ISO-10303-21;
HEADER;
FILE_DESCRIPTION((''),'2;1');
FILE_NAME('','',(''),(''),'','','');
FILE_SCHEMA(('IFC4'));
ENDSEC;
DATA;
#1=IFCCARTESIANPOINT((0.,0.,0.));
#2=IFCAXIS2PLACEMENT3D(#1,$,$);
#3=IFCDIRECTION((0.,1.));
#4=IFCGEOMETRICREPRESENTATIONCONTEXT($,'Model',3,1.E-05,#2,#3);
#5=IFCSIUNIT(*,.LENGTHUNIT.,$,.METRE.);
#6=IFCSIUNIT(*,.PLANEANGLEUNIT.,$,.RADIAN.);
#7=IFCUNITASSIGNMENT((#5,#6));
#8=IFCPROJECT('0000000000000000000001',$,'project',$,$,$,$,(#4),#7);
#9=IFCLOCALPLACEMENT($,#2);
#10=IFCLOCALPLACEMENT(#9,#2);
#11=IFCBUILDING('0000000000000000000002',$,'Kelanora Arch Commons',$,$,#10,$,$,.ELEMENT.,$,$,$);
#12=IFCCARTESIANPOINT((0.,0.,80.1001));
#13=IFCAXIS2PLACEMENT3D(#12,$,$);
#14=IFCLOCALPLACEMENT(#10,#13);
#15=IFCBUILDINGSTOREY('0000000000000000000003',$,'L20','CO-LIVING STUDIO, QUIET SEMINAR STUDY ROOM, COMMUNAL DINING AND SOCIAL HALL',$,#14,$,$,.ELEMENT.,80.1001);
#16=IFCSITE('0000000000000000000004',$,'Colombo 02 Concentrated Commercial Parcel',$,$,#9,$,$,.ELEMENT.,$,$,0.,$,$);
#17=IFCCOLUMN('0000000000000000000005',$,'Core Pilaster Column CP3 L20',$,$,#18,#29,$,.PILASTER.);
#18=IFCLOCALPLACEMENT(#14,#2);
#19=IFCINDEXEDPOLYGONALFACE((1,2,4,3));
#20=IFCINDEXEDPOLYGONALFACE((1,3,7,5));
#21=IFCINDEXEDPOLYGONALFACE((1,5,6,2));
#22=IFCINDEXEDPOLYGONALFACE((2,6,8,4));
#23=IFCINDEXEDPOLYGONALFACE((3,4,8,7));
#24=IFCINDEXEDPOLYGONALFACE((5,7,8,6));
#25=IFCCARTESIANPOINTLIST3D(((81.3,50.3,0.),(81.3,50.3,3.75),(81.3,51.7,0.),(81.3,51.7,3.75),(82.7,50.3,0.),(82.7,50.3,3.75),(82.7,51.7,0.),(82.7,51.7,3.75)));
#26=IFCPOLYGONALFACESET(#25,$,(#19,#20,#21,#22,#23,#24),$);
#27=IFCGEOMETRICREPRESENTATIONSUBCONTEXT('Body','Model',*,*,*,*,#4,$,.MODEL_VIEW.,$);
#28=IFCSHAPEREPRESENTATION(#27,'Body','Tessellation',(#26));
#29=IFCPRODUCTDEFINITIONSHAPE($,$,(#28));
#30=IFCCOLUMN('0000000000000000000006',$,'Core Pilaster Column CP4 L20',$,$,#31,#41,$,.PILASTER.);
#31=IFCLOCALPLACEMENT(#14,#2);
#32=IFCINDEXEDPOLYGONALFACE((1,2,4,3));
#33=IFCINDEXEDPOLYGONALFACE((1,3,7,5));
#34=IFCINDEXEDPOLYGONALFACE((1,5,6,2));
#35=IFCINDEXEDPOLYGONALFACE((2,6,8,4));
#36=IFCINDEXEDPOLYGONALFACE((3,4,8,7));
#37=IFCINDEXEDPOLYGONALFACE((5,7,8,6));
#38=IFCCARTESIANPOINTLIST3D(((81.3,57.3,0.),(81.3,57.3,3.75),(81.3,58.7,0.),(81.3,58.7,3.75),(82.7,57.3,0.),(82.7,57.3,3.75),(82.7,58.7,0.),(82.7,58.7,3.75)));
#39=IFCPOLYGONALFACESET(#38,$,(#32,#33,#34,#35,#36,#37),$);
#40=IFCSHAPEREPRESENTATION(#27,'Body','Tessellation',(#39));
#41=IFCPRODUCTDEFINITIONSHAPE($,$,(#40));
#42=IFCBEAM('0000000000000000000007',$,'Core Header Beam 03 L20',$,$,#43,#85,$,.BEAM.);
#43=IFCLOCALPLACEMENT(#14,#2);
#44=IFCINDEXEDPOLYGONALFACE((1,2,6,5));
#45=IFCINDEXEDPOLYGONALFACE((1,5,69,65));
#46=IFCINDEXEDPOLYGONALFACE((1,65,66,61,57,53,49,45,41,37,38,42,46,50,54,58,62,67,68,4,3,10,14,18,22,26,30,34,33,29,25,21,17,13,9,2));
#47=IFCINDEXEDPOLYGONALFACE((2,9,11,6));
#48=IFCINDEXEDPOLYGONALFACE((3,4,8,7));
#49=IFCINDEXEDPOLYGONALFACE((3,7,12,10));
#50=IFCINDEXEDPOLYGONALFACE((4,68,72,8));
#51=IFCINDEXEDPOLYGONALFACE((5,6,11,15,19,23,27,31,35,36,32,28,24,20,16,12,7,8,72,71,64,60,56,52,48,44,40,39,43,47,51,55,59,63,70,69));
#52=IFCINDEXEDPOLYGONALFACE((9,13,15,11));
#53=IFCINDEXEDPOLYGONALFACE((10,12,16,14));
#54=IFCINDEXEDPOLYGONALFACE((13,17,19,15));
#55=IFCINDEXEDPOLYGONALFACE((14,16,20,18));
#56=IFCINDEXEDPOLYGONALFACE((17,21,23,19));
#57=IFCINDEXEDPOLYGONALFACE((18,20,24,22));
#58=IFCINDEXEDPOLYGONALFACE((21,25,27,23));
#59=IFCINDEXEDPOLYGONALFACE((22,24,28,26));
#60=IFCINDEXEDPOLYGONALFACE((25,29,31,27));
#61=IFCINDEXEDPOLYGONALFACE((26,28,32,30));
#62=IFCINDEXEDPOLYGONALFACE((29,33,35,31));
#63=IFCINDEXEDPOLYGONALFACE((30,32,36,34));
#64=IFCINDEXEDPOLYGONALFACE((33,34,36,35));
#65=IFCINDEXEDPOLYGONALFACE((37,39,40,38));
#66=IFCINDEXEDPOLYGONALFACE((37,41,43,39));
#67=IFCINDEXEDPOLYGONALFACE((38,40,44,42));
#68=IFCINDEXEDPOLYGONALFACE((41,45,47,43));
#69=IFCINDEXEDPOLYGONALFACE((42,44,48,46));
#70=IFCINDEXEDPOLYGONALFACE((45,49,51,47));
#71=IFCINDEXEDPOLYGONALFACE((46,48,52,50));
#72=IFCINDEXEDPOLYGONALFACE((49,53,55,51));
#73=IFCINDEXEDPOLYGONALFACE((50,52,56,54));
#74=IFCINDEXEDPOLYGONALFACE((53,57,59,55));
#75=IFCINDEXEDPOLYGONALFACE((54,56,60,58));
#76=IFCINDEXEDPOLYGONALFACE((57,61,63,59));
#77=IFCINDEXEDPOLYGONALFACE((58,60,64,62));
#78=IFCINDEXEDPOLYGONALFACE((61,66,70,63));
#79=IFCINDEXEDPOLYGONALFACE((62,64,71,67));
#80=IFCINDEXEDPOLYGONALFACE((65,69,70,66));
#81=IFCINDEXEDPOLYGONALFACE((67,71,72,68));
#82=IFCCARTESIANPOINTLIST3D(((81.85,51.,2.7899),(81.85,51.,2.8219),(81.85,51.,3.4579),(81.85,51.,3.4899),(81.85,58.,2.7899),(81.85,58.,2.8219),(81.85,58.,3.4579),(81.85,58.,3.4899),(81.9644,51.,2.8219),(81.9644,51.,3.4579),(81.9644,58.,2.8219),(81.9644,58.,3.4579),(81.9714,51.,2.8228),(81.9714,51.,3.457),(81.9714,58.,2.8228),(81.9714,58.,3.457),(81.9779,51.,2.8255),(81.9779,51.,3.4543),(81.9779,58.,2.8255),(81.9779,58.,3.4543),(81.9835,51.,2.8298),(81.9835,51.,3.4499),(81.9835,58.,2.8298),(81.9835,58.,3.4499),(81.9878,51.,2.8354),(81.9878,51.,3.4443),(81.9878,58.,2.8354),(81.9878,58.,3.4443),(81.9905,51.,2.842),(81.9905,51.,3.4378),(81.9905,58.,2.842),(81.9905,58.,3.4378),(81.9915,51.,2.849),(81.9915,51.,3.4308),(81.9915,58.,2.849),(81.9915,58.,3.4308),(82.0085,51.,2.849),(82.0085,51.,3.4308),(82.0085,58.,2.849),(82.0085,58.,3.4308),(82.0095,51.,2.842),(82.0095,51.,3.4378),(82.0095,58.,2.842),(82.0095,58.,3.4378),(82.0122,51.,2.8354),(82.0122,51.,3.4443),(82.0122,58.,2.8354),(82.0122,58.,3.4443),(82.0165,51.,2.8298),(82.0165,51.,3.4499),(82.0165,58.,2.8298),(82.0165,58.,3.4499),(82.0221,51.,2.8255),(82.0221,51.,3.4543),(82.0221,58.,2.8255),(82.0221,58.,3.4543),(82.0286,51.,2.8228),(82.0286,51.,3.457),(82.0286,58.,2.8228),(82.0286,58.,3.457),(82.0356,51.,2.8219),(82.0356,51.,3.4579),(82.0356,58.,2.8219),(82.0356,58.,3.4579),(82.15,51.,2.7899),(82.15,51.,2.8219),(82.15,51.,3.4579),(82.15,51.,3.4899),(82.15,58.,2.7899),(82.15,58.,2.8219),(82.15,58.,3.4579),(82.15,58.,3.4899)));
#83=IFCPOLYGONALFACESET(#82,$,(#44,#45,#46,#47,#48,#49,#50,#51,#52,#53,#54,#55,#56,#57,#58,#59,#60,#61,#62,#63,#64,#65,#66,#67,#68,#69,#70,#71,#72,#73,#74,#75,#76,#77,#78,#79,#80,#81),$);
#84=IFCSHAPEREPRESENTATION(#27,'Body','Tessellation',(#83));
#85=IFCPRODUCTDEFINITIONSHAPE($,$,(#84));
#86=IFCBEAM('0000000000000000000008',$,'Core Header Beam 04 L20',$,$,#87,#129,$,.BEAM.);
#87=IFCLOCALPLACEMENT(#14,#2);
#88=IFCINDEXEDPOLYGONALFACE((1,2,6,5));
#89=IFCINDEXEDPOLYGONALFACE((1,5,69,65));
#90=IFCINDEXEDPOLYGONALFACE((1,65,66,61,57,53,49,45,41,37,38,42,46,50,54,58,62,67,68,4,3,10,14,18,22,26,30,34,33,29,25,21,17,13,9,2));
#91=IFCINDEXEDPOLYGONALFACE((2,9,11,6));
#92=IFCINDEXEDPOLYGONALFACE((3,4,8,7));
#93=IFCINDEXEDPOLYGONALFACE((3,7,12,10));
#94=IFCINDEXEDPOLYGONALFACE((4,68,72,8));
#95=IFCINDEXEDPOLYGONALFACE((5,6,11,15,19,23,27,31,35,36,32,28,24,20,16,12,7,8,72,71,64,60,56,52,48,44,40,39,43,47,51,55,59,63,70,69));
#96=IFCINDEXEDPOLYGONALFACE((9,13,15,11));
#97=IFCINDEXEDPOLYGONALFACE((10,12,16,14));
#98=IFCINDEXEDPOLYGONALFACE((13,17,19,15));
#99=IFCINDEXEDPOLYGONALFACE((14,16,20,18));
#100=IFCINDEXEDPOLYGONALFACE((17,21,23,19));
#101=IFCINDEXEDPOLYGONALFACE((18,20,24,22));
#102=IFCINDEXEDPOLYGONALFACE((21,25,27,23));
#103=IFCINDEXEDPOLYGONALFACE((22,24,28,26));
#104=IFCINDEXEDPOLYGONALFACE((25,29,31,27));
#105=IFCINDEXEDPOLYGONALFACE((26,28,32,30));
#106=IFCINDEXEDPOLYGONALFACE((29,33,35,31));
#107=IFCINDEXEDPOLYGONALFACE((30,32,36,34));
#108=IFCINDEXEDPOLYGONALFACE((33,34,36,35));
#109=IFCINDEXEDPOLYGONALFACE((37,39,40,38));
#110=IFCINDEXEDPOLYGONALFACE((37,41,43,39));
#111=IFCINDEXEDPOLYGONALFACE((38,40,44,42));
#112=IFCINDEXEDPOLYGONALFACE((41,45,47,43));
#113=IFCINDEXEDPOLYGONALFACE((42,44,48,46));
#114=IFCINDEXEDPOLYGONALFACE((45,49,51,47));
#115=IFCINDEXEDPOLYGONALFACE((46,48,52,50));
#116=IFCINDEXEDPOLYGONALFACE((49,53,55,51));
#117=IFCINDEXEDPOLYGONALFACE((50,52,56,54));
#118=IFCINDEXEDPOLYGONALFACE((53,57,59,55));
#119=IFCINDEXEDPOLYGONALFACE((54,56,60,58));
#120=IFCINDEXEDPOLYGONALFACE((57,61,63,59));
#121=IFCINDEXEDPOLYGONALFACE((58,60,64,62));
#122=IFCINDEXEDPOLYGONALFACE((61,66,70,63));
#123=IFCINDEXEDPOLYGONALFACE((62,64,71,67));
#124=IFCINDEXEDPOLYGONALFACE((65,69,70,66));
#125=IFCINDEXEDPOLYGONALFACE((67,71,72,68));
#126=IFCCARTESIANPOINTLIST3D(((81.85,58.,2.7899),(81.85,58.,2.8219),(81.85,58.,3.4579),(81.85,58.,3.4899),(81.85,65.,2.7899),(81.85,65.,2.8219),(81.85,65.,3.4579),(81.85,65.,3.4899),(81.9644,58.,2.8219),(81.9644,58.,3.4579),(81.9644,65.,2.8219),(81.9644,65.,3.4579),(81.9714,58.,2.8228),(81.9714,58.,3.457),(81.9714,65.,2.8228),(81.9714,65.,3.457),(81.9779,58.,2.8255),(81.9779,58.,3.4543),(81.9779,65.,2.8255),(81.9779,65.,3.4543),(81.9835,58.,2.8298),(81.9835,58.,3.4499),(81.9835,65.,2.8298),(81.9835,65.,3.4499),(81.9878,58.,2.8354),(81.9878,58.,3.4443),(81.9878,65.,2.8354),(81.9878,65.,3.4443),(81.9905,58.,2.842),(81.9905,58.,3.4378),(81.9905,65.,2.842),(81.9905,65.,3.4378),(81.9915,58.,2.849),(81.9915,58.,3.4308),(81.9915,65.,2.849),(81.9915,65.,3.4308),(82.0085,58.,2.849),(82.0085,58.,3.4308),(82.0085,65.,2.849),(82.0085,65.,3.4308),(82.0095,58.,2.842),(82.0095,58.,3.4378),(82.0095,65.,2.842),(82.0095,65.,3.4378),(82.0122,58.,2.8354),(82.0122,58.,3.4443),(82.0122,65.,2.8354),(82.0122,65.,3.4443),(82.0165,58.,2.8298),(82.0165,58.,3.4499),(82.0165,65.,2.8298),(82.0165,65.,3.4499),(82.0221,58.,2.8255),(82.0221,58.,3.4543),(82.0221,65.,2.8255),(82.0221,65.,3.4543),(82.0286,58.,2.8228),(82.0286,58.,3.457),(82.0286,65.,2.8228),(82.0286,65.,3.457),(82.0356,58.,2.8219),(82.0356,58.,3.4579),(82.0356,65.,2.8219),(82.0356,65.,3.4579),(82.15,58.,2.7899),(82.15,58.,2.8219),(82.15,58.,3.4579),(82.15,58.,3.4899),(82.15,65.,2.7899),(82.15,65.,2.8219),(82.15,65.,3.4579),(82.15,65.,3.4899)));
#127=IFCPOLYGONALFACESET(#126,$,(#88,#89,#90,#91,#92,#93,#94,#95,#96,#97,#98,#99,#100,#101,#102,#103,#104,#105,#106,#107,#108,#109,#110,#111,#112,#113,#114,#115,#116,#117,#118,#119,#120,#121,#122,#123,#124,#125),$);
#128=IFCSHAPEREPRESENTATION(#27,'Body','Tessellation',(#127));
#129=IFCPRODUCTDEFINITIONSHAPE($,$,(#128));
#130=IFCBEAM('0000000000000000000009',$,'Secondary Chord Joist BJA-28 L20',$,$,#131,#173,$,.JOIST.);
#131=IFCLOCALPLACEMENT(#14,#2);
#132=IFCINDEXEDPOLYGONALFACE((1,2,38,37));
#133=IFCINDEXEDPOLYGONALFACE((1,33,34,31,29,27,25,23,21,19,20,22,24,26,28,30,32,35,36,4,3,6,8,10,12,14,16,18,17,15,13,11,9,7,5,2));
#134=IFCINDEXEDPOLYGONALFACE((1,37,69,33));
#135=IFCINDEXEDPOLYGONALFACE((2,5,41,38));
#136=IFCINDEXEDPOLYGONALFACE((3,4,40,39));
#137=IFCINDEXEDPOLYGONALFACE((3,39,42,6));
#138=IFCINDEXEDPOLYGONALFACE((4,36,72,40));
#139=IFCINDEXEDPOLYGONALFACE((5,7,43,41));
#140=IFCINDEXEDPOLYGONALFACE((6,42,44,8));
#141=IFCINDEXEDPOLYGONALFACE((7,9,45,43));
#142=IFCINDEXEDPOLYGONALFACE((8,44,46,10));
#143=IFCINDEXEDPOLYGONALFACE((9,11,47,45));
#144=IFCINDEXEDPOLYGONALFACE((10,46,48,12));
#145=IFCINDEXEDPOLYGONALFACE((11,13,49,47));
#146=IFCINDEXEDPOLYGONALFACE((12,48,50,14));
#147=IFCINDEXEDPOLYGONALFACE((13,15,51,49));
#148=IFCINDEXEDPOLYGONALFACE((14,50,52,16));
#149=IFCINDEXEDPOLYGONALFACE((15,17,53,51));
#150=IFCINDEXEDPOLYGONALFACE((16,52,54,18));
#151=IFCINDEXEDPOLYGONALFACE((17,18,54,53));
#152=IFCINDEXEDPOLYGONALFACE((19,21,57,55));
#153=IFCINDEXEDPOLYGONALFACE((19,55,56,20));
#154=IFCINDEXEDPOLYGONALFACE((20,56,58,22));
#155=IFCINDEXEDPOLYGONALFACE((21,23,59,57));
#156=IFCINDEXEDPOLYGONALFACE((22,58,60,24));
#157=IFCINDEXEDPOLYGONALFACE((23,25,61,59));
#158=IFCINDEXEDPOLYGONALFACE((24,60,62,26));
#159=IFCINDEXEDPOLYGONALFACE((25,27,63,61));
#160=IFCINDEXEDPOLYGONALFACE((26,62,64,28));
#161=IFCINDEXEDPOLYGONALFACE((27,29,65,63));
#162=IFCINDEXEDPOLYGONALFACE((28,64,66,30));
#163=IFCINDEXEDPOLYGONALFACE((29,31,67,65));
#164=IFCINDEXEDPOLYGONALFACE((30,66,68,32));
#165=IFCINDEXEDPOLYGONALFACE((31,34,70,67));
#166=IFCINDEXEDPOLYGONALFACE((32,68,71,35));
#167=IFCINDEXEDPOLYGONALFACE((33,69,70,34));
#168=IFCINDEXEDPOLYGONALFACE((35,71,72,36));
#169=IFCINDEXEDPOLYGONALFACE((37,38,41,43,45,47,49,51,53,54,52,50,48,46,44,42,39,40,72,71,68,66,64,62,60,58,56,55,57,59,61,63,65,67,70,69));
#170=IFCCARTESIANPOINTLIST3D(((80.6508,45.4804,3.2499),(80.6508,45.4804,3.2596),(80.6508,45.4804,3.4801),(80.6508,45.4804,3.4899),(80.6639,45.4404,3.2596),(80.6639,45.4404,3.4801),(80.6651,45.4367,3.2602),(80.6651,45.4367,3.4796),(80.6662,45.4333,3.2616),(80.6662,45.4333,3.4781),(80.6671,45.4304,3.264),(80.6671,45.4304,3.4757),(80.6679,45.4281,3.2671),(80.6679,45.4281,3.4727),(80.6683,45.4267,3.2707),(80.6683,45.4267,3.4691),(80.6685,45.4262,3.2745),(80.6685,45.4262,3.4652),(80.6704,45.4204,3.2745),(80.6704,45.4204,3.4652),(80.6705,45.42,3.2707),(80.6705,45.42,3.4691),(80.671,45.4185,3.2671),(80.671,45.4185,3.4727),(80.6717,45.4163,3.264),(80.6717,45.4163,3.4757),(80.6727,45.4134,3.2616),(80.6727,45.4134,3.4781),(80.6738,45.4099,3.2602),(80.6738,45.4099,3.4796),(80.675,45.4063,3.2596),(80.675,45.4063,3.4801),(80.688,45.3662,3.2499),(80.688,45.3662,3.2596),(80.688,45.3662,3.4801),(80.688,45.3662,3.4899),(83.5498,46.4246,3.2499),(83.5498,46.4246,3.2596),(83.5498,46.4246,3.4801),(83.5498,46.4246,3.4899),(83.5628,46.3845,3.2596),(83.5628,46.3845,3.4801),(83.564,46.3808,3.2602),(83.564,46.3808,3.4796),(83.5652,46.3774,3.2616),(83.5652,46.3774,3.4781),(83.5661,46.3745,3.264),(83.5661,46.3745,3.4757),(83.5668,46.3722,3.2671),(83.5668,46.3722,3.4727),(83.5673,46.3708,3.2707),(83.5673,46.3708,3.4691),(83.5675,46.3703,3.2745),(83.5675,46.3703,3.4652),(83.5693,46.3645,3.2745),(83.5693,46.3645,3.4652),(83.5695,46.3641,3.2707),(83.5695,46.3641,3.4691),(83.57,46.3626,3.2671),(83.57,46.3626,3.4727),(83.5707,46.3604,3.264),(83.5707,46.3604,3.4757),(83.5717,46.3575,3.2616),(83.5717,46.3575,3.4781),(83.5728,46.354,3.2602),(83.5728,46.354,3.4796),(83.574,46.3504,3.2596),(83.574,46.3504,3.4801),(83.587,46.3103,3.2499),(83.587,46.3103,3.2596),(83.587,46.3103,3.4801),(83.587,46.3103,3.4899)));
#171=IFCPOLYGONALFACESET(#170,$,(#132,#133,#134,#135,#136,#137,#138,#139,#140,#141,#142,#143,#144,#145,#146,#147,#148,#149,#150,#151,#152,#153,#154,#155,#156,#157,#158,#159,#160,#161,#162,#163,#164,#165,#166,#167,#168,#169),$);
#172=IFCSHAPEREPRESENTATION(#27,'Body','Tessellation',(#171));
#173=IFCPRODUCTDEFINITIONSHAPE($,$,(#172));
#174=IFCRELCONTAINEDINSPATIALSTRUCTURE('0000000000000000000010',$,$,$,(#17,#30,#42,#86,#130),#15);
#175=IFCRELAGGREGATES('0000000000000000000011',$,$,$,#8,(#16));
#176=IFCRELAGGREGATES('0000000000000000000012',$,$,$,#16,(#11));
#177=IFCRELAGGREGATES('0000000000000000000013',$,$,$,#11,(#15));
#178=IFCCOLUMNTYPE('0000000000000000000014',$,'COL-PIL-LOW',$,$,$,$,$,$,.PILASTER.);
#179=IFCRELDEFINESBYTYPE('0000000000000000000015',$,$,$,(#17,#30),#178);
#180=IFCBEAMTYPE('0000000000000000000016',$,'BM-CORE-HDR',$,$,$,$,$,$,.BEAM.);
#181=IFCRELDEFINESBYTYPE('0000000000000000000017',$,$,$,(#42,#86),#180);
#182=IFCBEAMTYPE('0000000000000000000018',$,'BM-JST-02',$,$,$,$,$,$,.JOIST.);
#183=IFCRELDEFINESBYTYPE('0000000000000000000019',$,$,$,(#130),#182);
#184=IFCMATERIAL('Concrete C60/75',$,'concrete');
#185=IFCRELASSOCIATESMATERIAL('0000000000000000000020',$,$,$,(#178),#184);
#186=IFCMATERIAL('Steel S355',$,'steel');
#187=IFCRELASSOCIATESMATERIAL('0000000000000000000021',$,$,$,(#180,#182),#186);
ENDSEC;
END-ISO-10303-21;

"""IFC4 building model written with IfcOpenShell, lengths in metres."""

from ifc_helpers import new_model, si_unit, direction, frame, origin, origin_2d, place, context, subcontext, project, spatial, rectangle, i_section, extrude, material, material_profile, profile_set, type_object, element, save


model = new_model("IFC4")

# Units and contexts
model_context = context("Model", 3, precision=1e-05, world=origin(), true_north=direction((0.0, 1.0)))
body_context = subcontext(model_context, "Body", "Model", "MODEL_VIEW")
ifc_project = project(units=[si_unit("LENGTHUNIT", "METRE"), si_unit("PLANEANGLEUNIT", "RADIAN")], contexts=[model_context])

# Site, building, storey
site_placement = place(None, origin())
site = spatial("IfcSite", under=ifc_project, at=site_placement, Name="Colombo 02 Concentrated Commercial Parcel", CompositionType="ELEMENT", RefElevation=0.0)
building_placement = place(site_placement, origin())
building = spatial("IfcBuilding", under=site, at=building_placement, Name="Kelanora Arch Commons", CompositionType="ELEMENT")
storey_placement = place(building_placement, frame((0.0, 0.0, 80.1001)))
storey = spatial("IfcBuildingStorey", under=building, at=storey_placement, Name="L20", Description="CO-LIVING STUDIO, QUIET SEMINAR STUDY ROOM, COMMUNAL DINING AND SOCIAL HALL", CompositionType="ELEMENT", Elevation=80.1001)

# Columns
ifc_material_1 = material(Name="Concrete C60/75", Category="concrete")
ifc_material_profile_1 = material_profile(ifc_material_1, rectangle(XDim=1.3999, YDim=1.3999, at=origin_2d()), Name="RC1400x1400")
ifc_profile_set_1 = profile_set([ifc_material_profile_1], Name="Concrete C60/75")
column_type = type_object("IfcColumnType", Name="COL-PIL-LOW", PredefinedType="PILASTER", material=ifc_profile_set_1)
for number, where, z_axis, x_axis, name in (
    (1, (82.0, 51.0, 0.0), (0.0, 0.0, 1.0), (1.0, 0.0, 0.0), "Core Pilaster Column CP3 L20"),
    (2, (82.0, 58.0, 0.0), (0.0, 0.0, 1.0), (1.0, 0.0, 0.0), "Core Pilaster Column CP4 L20"),
):
    element("IfcColumn", number, at=place(storey_placement, frame(where, z_axis=z_axis, x_axis=x_axis)), inside=storey, type_object=column_type, Name=name, PredefinedType="PILASTER", context=body_context, shape_type="SweptSolid", body=[
        extrude(rectangle(XDim=1.3999, YDim=1.3999, at=origin_2d()), origin(), (0.0, 0.0, 1.0), 3.75),
    ])

# Beams
ifc_material_2 = material(Name="Steel S355", Category="steel")
ifc_material_profile_2 = material_profile(ifc_material_2, i_section(OverallWidth=0.3, OverallDepth=0.7, WebThickness=0.0171, FlangeThickness=0.032, FilletRadius=0.0271, at=origin_2d()), Name="HEB700")
ifc_profile_set_2 = profile_set([ifc_material_profile_2], Name="Steel S355")
beam_type_1 = type_object("IfcBeamType", Name="BM-CORE-HDR", PredefinedType="BEAM", material=ifc_profile_set_2)
for number, where, z_axis, x_axis, name in (
    (3, (82.0, 51.0, 3.1399), (0.0, 1.0, 0.0), (-1.0, 0.0, 0.0), "Core Header Beam 03 L20"),
    (4, (82.0, 58.0, 3.1399), (0.0, 1.0, 0.0), (-1.0, 0.0, 0.0), "Core Header Beam 04 L20"),
):
    element("IfcBeam", number, at=place(storey_placement, frame(where, z_axis=z_axis, x_axis=x_axis)), inside=storey, type_object=beam_type_1, Name=name, PredefinedType="BEAM", context=body_context, shape_type="SweptSolid", body=[
        extrude(i_section(OverallWidth=0.3, OverallDepth=0.7, WebThickness=0.0171, FlangeThickness=0.032, FilletRadius=0.0271, at=origin_2d()), origin(), (0.0, 0.0, 1.0), 7.0),
    ])
ifc_material_profile_3 = material_profile(ifc_material_2, i_section(OverallWidth=0.1201, OverallDepth=0.24, WebThickness=0.0061, FlangeThickness=0.0098, FilletRadius=0.0149, at=origin_2d()), Name="IPE240")
ifc_profile_set_3 = profile_set([ifc_material_profile_3], Name="Steel S355")
beam_type_2 = type_object("IfcBeamType", Name="BM-JST-02", PredefinedType="JOIST", material=ifc_profile_set_3)
beam_1_placement = place(storey_placement, frame((80.6694, 45.4233, 3.3699), z_axis=(0.950847, 0.309662, 0.0), x_axis=(-0.309662, 0.950847, 0.0)))
element("IfcBeam", 5, at=beam_1_placement, inside=storey, type_object=beam_type_2, Name="Secondary Chord Joist BJA-28 L20", PredefinedType="JOIST", context=body_context, shape_type="SweptSolid", body=[
    extrude(i_section(OverallWidth=0.1201, OverallDepth=0.24, WebThickness=0.0061, FlangeThickness=0.0098, FilletRadius=0.0149, at=origin_2d()), origin(), (0.0, 0.0, 1.0), 3.0488),
])

save(model, "model.ifc")
